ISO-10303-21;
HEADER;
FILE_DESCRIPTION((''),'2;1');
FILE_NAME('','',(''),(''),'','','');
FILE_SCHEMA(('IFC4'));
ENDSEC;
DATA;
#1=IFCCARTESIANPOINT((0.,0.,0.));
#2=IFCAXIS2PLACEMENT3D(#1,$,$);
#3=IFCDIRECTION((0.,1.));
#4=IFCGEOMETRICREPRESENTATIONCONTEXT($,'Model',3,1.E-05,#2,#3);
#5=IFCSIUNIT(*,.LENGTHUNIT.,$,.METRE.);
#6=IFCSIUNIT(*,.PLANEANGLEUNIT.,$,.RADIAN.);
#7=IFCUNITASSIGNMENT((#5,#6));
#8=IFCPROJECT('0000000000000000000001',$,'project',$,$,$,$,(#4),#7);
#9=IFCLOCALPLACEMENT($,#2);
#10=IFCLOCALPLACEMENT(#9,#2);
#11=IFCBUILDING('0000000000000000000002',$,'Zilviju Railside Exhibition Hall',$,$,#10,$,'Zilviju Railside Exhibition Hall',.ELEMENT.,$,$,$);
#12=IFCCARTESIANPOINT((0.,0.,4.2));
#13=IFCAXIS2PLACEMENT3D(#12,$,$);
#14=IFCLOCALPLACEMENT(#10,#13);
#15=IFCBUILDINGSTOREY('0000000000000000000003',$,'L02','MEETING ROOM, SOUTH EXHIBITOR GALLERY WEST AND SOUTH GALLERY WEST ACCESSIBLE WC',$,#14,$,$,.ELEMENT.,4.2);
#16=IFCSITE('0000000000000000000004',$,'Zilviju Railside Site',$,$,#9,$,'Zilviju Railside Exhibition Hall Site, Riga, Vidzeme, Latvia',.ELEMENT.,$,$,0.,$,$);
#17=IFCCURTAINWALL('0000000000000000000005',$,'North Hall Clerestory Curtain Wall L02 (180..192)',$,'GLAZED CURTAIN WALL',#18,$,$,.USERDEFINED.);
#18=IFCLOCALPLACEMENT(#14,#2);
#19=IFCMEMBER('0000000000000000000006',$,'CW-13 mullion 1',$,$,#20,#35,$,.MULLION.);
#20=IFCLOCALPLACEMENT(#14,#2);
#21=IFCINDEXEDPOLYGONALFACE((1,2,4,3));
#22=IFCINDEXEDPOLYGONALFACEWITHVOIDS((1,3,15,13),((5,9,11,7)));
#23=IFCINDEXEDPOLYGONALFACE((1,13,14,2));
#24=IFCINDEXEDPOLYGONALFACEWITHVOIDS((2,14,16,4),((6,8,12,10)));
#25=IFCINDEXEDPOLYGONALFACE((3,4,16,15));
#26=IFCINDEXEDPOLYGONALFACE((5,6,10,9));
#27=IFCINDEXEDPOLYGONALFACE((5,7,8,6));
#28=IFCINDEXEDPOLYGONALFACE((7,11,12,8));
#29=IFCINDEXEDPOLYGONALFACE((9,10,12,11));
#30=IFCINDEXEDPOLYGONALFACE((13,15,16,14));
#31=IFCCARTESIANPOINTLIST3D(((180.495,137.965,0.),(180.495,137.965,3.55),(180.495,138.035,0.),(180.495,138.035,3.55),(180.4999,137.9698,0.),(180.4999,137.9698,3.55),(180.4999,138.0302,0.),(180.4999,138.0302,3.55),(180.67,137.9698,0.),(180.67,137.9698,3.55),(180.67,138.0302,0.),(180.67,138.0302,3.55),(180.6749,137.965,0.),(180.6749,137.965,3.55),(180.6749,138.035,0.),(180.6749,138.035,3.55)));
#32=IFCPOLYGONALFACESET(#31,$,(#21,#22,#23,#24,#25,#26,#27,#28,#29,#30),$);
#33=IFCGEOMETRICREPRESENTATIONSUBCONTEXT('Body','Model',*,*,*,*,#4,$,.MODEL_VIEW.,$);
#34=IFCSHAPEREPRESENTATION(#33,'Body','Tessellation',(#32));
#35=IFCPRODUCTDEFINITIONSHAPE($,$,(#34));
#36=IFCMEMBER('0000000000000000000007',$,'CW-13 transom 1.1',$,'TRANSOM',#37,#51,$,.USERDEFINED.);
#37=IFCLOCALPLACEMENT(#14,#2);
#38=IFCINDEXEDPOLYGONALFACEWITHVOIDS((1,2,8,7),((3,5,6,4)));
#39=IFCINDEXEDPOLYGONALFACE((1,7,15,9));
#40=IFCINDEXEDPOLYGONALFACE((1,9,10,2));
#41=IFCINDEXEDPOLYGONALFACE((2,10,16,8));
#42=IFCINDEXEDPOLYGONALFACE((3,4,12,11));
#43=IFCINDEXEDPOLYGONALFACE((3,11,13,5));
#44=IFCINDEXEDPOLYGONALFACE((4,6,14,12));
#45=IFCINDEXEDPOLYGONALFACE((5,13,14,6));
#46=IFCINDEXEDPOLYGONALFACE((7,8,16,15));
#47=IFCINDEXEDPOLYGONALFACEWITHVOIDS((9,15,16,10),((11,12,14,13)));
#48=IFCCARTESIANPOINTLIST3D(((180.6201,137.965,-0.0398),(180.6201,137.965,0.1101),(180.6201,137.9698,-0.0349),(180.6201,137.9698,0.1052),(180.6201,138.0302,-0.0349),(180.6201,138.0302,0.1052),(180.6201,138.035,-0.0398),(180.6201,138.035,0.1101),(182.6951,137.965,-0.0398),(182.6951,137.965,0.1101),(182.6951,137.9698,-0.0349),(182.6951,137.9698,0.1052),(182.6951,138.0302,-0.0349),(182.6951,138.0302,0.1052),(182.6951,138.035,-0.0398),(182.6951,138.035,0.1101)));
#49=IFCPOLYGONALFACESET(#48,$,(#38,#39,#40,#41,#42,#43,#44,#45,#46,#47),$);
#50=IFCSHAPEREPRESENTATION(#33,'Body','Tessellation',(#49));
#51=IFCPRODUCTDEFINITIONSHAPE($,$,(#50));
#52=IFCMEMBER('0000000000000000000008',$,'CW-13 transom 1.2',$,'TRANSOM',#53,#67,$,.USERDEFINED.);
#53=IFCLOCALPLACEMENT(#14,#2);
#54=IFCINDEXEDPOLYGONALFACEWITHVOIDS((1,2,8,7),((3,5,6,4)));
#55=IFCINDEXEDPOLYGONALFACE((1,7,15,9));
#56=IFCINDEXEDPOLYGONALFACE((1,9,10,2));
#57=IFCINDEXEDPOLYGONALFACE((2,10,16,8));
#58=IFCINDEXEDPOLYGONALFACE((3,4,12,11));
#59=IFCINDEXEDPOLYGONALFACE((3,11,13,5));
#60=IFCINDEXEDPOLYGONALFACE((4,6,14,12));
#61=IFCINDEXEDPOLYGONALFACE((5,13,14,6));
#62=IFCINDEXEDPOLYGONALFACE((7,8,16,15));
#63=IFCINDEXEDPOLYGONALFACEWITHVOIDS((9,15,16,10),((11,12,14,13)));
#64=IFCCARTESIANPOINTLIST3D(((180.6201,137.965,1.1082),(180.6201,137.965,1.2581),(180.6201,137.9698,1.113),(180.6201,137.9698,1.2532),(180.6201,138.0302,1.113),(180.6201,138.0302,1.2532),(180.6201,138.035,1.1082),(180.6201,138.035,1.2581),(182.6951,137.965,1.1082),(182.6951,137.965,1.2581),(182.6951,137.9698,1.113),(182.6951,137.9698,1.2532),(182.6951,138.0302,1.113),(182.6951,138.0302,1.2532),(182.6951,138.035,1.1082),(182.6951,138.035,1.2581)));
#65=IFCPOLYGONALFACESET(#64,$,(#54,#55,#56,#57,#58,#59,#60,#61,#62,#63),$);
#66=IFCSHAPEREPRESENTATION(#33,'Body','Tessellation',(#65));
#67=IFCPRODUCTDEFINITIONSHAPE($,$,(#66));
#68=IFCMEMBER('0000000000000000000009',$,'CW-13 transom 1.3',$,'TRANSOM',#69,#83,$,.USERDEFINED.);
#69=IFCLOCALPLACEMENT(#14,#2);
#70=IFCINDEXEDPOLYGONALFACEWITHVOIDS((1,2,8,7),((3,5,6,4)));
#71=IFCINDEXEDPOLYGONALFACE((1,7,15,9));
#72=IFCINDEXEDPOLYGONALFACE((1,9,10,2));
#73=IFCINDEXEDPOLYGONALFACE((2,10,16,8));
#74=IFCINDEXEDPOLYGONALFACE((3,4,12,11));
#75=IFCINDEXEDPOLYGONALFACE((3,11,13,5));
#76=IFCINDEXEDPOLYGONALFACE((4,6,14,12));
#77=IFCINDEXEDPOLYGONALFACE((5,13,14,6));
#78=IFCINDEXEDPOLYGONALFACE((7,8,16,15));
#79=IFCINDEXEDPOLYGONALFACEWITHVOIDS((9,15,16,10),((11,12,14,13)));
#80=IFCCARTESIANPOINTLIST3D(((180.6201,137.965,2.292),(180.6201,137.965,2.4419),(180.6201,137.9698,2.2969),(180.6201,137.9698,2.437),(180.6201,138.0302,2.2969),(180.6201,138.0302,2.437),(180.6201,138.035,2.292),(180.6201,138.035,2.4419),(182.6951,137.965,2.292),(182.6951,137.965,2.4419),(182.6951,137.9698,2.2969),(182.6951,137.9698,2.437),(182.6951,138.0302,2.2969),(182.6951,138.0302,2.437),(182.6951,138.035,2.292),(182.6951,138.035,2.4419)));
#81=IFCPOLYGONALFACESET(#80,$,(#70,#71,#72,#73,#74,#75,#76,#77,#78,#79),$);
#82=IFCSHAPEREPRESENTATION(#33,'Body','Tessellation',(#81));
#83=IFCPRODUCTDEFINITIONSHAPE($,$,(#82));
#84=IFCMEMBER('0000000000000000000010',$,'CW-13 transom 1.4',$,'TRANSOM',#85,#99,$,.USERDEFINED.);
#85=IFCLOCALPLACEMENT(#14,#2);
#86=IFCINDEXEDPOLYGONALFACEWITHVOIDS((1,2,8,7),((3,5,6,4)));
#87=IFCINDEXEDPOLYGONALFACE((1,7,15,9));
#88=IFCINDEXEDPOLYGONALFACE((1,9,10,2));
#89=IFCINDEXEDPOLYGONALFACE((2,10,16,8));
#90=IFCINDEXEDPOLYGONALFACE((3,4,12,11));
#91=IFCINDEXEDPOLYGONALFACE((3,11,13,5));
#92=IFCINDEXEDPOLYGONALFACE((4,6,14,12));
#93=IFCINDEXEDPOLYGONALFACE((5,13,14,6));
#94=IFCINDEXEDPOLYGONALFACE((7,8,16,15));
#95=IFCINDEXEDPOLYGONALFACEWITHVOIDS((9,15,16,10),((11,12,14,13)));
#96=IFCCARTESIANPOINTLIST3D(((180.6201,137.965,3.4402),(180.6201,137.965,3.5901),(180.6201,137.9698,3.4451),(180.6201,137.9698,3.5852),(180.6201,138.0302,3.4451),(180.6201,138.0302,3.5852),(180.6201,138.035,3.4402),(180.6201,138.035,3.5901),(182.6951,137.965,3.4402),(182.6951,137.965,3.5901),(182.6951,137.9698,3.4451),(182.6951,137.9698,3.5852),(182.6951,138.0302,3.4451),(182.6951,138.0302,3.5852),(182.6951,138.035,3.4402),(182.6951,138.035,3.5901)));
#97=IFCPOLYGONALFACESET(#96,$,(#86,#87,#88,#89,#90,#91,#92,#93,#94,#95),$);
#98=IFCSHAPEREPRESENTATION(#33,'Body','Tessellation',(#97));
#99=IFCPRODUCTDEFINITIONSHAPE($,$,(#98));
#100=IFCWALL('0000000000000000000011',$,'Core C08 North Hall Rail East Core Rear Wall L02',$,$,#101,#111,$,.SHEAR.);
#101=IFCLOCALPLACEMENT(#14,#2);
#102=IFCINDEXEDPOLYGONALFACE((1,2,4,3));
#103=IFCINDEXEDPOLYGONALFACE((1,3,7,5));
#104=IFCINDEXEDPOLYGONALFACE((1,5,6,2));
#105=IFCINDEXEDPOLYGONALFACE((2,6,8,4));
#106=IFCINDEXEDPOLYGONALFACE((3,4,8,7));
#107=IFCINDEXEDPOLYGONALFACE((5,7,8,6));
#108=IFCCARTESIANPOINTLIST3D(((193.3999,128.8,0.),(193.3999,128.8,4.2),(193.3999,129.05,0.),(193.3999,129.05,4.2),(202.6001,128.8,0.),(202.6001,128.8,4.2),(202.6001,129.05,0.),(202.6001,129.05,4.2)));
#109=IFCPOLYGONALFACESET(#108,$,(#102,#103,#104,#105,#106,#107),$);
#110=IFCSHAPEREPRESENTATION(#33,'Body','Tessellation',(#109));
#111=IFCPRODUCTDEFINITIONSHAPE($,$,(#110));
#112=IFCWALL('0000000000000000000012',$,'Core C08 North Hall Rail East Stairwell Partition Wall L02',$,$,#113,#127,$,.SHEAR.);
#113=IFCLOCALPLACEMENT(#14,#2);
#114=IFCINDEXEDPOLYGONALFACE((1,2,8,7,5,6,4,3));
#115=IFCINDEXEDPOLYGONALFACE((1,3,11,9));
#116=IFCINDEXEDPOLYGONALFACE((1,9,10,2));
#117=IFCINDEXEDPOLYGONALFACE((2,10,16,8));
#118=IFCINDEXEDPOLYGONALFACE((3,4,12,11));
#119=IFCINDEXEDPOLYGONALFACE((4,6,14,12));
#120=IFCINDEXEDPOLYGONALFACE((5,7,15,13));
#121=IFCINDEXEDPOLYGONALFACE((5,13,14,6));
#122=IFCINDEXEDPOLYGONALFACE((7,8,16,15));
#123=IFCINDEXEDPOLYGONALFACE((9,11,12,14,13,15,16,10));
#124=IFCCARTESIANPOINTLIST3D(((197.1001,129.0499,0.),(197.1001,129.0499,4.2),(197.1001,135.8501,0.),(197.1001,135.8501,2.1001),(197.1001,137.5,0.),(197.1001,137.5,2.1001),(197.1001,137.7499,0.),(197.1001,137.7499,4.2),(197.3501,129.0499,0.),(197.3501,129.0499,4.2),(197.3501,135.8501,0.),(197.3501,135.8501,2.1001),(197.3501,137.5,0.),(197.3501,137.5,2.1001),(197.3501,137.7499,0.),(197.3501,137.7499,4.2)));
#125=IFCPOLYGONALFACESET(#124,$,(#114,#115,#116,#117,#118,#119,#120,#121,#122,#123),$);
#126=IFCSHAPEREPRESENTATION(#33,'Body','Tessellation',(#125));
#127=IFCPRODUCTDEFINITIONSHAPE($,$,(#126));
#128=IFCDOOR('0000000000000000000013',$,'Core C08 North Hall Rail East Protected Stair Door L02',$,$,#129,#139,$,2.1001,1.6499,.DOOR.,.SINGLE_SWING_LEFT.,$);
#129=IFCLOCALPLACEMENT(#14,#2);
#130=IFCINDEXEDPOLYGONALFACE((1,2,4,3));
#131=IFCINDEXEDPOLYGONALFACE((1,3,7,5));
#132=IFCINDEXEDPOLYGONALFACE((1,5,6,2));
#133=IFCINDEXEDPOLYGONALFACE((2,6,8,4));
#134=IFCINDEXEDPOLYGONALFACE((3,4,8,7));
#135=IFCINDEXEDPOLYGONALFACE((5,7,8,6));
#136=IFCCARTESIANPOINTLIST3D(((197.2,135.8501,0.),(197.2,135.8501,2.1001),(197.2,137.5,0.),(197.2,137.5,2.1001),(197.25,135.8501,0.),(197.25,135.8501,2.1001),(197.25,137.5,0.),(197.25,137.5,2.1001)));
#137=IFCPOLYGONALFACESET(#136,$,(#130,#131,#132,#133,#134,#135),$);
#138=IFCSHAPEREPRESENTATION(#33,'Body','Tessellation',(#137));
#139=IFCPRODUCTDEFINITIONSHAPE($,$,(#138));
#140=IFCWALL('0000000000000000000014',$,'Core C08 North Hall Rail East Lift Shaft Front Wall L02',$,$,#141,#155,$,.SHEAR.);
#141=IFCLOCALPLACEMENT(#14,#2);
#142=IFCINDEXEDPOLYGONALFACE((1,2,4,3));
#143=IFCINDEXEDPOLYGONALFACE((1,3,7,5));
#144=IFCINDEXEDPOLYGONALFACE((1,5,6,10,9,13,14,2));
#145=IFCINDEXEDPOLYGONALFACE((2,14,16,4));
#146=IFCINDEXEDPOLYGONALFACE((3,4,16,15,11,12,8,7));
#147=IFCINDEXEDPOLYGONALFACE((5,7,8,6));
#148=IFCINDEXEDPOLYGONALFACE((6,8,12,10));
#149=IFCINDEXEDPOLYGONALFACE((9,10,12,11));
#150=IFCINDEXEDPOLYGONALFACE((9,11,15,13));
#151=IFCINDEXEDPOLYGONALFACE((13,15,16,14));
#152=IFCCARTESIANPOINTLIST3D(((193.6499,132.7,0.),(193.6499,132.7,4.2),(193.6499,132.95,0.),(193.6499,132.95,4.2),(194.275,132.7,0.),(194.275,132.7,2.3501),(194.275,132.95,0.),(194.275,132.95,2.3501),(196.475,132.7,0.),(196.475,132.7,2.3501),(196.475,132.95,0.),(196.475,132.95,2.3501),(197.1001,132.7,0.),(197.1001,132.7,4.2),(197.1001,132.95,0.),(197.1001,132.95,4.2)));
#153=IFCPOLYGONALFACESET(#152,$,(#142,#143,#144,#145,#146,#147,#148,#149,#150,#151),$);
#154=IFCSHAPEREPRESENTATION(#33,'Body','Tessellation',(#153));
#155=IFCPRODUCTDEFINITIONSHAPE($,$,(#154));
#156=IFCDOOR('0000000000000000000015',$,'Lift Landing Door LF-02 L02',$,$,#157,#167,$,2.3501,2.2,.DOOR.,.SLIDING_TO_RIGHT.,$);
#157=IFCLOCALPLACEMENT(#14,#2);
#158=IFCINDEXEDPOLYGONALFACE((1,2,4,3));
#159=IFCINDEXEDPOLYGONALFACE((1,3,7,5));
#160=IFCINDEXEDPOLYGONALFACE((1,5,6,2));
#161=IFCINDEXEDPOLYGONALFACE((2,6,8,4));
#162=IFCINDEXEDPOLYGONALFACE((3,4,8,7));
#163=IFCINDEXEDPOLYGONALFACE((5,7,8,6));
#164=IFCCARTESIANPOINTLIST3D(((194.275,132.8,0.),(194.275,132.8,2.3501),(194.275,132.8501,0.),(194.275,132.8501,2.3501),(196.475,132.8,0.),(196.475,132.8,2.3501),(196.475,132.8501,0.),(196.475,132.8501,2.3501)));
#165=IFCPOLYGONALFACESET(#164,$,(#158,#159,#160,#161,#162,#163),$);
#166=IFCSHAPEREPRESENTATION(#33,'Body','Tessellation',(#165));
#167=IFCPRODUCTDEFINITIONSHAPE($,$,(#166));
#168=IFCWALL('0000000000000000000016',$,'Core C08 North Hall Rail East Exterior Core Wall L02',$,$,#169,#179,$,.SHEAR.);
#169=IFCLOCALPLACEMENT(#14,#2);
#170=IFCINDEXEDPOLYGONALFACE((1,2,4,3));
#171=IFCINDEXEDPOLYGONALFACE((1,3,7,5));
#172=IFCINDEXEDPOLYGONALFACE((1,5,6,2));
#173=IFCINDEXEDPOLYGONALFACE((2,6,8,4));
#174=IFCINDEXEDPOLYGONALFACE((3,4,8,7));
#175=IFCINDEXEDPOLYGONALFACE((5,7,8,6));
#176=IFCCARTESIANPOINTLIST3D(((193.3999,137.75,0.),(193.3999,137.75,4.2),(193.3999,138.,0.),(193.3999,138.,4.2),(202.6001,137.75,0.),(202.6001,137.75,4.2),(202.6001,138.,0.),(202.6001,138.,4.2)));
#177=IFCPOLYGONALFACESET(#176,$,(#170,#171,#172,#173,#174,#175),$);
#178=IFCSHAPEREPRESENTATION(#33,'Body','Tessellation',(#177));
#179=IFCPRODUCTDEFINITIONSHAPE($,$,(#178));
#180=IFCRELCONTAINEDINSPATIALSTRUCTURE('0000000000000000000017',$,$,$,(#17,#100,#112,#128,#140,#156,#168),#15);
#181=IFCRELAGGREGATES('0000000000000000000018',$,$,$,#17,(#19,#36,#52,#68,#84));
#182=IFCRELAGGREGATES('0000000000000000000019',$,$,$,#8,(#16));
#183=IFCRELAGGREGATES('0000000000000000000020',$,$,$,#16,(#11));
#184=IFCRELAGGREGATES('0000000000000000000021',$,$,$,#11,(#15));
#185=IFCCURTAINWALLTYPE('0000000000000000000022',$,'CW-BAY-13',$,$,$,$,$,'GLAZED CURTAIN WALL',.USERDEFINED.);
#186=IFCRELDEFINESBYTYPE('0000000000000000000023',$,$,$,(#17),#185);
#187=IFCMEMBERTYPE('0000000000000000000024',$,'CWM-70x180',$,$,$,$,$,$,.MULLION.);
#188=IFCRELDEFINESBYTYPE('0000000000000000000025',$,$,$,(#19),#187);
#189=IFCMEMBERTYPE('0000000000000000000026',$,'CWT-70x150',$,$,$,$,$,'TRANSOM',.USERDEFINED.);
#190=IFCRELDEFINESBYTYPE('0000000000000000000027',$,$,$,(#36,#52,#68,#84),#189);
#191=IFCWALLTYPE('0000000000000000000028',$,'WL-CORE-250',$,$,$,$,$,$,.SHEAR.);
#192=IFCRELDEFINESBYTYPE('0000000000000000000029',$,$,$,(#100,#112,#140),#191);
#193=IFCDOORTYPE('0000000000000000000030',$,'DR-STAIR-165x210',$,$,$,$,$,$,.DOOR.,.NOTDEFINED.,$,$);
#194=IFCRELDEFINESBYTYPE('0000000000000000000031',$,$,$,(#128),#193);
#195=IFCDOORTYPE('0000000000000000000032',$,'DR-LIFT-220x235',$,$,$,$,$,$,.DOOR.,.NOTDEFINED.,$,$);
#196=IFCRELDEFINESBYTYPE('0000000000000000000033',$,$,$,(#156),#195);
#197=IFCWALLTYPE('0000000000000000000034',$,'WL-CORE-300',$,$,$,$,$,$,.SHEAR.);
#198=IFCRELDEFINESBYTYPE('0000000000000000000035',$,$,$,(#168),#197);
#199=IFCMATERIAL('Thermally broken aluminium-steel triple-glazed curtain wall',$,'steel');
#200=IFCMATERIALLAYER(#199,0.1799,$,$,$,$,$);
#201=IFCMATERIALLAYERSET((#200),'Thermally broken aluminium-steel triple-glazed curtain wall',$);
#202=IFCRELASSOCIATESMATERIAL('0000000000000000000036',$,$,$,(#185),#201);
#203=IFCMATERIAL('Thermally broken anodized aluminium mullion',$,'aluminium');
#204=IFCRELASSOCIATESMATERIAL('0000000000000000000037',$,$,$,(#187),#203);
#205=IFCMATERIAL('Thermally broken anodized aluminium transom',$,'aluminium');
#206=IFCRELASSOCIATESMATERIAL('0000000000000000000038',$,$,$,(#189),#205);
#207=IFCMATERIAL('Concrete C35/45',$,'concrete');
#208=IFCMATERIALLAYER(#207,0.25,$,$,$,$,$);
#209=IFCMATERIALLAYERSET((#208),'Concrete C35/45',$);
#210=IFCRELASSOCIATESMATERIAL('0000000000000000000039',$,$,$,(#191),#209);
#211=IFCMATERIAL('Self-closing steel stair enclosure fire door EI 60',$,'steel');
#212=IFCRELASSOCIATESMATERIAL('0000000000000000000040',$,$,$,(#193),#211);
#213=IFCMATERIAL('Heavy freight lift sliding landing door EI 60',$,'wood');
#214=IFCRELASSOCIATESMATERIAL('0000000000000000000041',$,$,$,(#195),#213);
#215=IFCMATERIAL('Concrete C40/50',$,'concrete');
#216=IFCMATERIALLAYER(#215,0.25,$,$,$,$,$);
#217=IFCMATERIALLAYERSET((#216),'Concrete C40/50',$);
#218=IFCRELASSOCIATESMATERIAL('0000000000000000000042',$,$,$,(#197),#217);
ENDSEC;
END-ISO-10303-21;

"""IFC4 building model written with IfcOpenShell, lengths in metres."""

from ifc_helpers import new_model, si_unit, direction, frame, frame_2d, origin, origin_2d, place, context, subcontext, project, spatial, rectangle, hollow_rectangle, extrude, material, layer, layer_set, material_profile, profile_set, type_object, element, fill, aggregate, save


model = new_model("IFC4")

# Units and contexts
model_context = context("Model", 3, precision=1e-05, world=origin(), true_north=direction((0.0, 1.0)))
body_context = subcontext(model_context, "Body", "Model", "MODEL_VIEW")
ifc_project = project(units=[si_unit("LENGTHUNIT", "METRE"), si_unit("PLANEANGLEUNIT", "RADIAN")], contexts=[model_context])

# Site, building, storey
site_placement = place(None, origin())
site = spatial("IfcSite", under=ifc_project, at=site_placement, Name="Zilviju Railside Site", LongName="Zilviju Railside Exhibition Hall Site, Riga, Vidzeme, Latvia", CompositionType="ELEMENT", RefElevation=0.0)
building_placement = place(site_placement, origin())
building = spatial("IfcBuilding", under=site, at=building_placement, Name="Zilviju Railside Exhibition Hall", LongName="Zilviju Railside Exhibition Hall", CompositionType="ELEMENT")
storey_placement = place(building_placement, frame((0.0, 0.0, 4.2)))
storey = spatial("IfcBuildingStorey", under=building, at=storey_placement, Name="L02", Description="MEETING ROOM, SOUTH EXHIBITOR GALLERY WEST AND SOUTH GALLERY WEST ACCESSIBLE WC", CompositionType="ELEMENT", Elevation=4.2)

# Shared definitions
ifc_material_1 = material(Name="Concrete C35/45", Category="concrete")

# Curtain wall, members
ifc_material_2 = material(Name="Thermally broken aluminium-steel triple-glazed curtain wall", Category="steel")
ifc_layer_1 = layer(ifc_material_2, 0.1799)
ifc_layer_set_1 = layer_set([ifc_layer_1], Name="Thermally broken aluminium-steel triple-glazed curtain wall")
curtain_wall_type = type_object("IfcCurtainWallType", Name="CW-BAY-13", ElementType="GLAZED CURTAIN WALL", PredefinedType="USERDEFINED", material=ifc_layer_set_1)
curtain_wall_placement = place(storey_placement, origin())
curtain_wall = element("IfcCurtainWall", 1, at=curtain_wall_placement, inside=storey, type_object=curtain_wall_type, Name="North Hall Clerestory Curtain Wall L02 (180..192)", ObjectType="GLAZED CURTAIN WALL", PredefinedType="USERDEFINED")
ifc_material_3 = material(Name="Thermally broken anodized aluminium mullion", Category="aluminium")
ifc_material_profile_1 = material_profile(ifc_material_3, hollow_rectangle(XDim=0.0701, YDim=0.1799, WallThickness=0.0049, at=origin_2d()), Name="MULLION 180x70x5")
ifc_profile_set_1 = profile_set([ifc_material_profile_1], Name="Thermally broken anodized aluminium mullion")
member_type_1 = type_object("IfcMemberType", Name="CWM-70x180", PredefinedType="MULLION", material=ifc_profile_set_1)
member_1_placement = place(storey_placement, frame((180.585, 138.0, 0.0), z_axis=(0.0, 0.0, 1.0), x_axis=(0.0, 1.0, 0.0)))
member_1 = element("IfcMember", 2, at=member_1_placement, type_object=member_type_1, Name="CW-13 mullion 1", PredefinedType="MULLION", context=body_context, shape_type="SweptSolid", body=[
    extrude(hollow_rectangle(XDim=0.0701, YDim=0.1799, WallThickness=0.0049, at=origin_2d()), origin(), (0.0, 0.0, 1.0), 3.55),
])
ifc_material_4 = material(Name="Thermally broken anodized aluminium transom", Category="aluminium")
ifc_material_profile_2 = material_profile(ifc_material_4, hollow_rectangle(XDim=0.0701, YDim=0.1499, WallThickness=0.0049, at=origin_2d()), Name="TRANSOM 150x70x5")
ifc_profile_set_2 = profile_set([ifc_material_profile_2], Name="Thermally broken anodized aluminium transom")
member_type_2 = type_object("IfcMemberType", Name="CWT-70x150", ElementType="TRANSOM", PredefinedType="USERDEFINED", material=ifc_profile_set_2)
member_2_placement = place(storey_placement, frame((180.6201, 138.0, 0.0352), z_axis=(1.0, 0.0, 0.0), x_axis=(0.0, 1.0, 0.0)))
member_2 = element("IfcMember", 3, at=member_2_placement, type_object=member_type_2, Name="CW-13 transom 1.1", ObjectType="TRANSOM", PredefinedType="USERDEFINED", context=body_context, shape_type="SweptSolid", body=[
    extrude(hollow_rectangle(XDim=0.0701, YDim=0.1499, WallThickness=0.0049, at=origin_2d()), origin(), (0.0, 0.0, 1.0), 2.075),
])
member_3_placement = place(storey_placement, frame((180.6201, 138.0, 1.1831), z_axis=(1.0, 0.0, 0.0), x_axis=(0.0, 1.0, 0.0)))
member_3 = element("IfcMember", 4, at=member_3_placement, type_object=member_type_2, Name="CW-13 transom 1.2", ObjectType="TRANSOM", PredefinedType="USERDEFINED", context=body_context, shape_type="SweptSolid", body=[
    extrude(hollow_rectangle(XDim=0.0701, YDim=0.1499, WallThickness=0.0049, at=origin_2d()), origin(), (0.0, 0.0, 1.0), 2.075),
])
member_4_placement = place(storey_placement, frame((180.6201, 138.0, 2.3669), z_axis=(1.0, 0.0, 0.0), x_axis=(0.0, 1.0, 0.0)))
member_4 = element("IfcMember", 5, at=member_4_placement, type_object=member_type_2, Name="CW-13 transom 1.3", ObjectType="TRANSOM", PredefinedType="USERDEFINED", context=body_context, shape_type="SweptSolid", body=[
    extrude(hollow_rectangle(XDim=0.0701, YDim=0.1499, WallThickness=0.0049, at=origin_2d()), origin(), (0.0, 0.0, 1.0), 2.075),
])
member_5_placement = place(storey_placement, frame((180.6201, 138.0, 3.5151), z_axis=(1.0, 0.0, 0.0), x_axis=(0.0, 1.0, 0.0)))
member_5 = element("IfcMember", 6, at=member_5_placement, type_object=member_type_2, Name="CW-13 transom 1.4", ObjectType="TRANSOM", PredefinedType="USERDEFINED", context=body_context, shape_type="SweptSolid", body=[
    extrude(hollow_rectangle(XDim=0.0701, YDim=0.1499, WallThickness=0.0049, at=origin_2d()), origin(), (0.0, 0.0, 1.0), 2.075),
])
aggregate(curtain_wall, [member_1, member_2, member_3, member_4, member_5])

# Wall
ifc_layer_2 = layer(ifc_material_1, 0.25)
ifc_layer_set_2 = layer_set([ifc_layer_2], Name="Concrete C35/45")
wall_type_1 = type_object("IfcWallType", Name="WL-CORE-250", PredefinedType="SHEAR", material=ifc_layer_set_2)
wall_1_placement = place(storey_placement, frame((202.6001, 128.925, 0.0), z_axis=(0.0, 0.0, 1.0), x_axis=(-1.0, 0.0, 0.0)))
element("IfcWall", 7, at=wall_1_placement, inside=storey, type_object=wall_type_1, Name="Core C08 North Hall Rail East Core Rear Wall L02", PredefinedType="SHEAR", context=body_context, shape_type="SweptSolid", body=[
    extrude(rectangle(XDim=9.2002, YDim=0.25, at=frame_2d((4.6001, 0.0))), origin(), (0.0, 0.0, 1.0), 4.2),
])

# Walls, openings, doors
wall_2_placement = place(storey_placement, frame((197.2251, 137.75, 0.0), z_axis=(0.0, 0.0, 1.0), x_axis=(0.0, -1.0, 0.0)))
wall_2 = element("IfcWall", 8, at=wall_2_placement, inside=storey, type_object=wall_type_1, Name="Core C08 North Hall Rail East Stairwell Partition Wall L02", PredefinedType="SHEAR", context=body_context, shape_type="SweptSolid", body=[
    extrude(rectangle(XDim=8.7, YDim=0.25, at=frame_2d((4.3501, 0.0))), origin(), (0.0, 0.0, 1.0), 4.2),
])
opening_1_placement = place(wall_2_placement, frame((0.25, 0.0, 0.0)))
opening_1 = element("IfcOpeningElement", 9, at=opening_1_placement, cuts=wall_2, PredefinedType="OPENING", context=body_context, shape_type="SweptSolid", body=[
    extrude(rectangle(XDim=1.6499, YDim=2.1001, at=frame_2d((0.825, 1.05))), frame((0.0, 0.135, 0.0), z_axis=(0.0, -1.0, 0.0), x_axis=(1.0, 0.0, 0.0)), (0.0, 0.0, 1.0), 0.27),
])
ifc_material_5 = material(Name="Self-closing steel stair enclosure fire door EI 60", Category="steel")
door_type_1 = type_object("IfcDoorType", Name="DR-STAIR-165x210", OperationType="NOTDEFINED", PredefinedType="DOOR", material=ifc_material_5)
door_1_placement = place(opening_1_placement, origin())
door_1 = element("IfcDoor", 10, at=door_1_placement, inside=storey, type_object=door_type_1, Name="Core C08 North Hall Rail East Protected Stair Door L02", OperationType="SINGLE_SWING_LEFT", OverallHeight=2.1001, OverallWidth=1.6499, PredefinedType="DOOR", context=body_context, shape_type="SweptSolid", body=[
    extrude(rectangle(XDim=1.6499, YDim=2.1001, at=frame_2d((0.825, 1.05))), frame((0.0, 0.0249, 0.0), z_axis=(0.0, -1.0, 0.0), x_axis=(1.0, 0.0, 0.0)), (0.0, 0.0, 1.0), 0.05),
])
fill(opening_1, door_1)
wall_3_placement = place(storey_placement, frame((197.1001, 132.825, 0.0), z_axis=(0.0, 0.0, 1.0), x_axis=(-1.0, 0.0, 0.0)))
wall_3 = element("IfcWall", 11, at=wall_3_placement, inside=storey, type_object=wall_type_1, Name="Core C08 North Hall Rail East Lift Shaft Front Wall L02", PredefinedType="SHEAR", context=body_context, shape_type="SweptSolid", body=[
    extrude(rectangle(XDim=3.4502, YDim=0.25, at=frame_2d((1.7251, 0.0))), origin(), (0.0, 0.0, 1.0), 4.2),
])
opening_2_placement = place(wall_3_placement, frame((0.625, 0.0, 0.0)))
opening_2 = element("IfcOpeningElement", 12, at=opening_2_placement, cuts=wall_3, PredefinedType="OPENING", context=body_context, shape_type="SweptSolid", body=[
    extrude(rectangle(XDim=2.2, YDim=2.3501, at=frame_2d((1.1001, 1.175))), frame((0.0, 0.135, 0.0), z_axis=(0.0, -1.0, 0.0), x_axis=(1.0, 0.0, 0.0)), (0.0, 0.0, 1.0), 0.27),
])
ifc_material_6 = material(Name="Heavy freight lift sliding landing door EI 60", Category="wood")
door_type_2 = type_object("IfcDoorType", Name="DR-LIFT-220x235", OperationType="NOTDEFINED", PredefinedType="DOOR", material=ifc_material_6)
door_2_placement = place(opening_2_placement, origin())
door_2 = element("IfcDoor", 13, at=door_2_placement, inside=storey, type_object=door_type_2, Name="Lift Landing Door LF-02 L02", OperationType="SLIDING_TO_RIGHT", OverallHeight=2.3501, OverallWidth=2.2, PredefinedType="DOOR", context=body_context, shape_type="SweptSolid", body=[
    extrude(rectangle(XDim=2.2, YDim=2.3501, at=frame_2d((1.1001, 1.175))), frame((0.0, 0.0249, 0.0), z_axis=(0.0, -1.0, 0.0), x_axis=(1.0, 0.0, 0.0)), (0.0, 0.0, 1.0), 0.05),
])
fill(opening_2, door_2)

# Wall
ifc_material_7 = material(Name="Concrete C40/50", Category="concrete")
ifc_layer_3 = layer(ifc_material_7, 0.25)
ifc_layer_set_3 = layer_set([ifc_layer_3], Name="Concrete C40/50")
wall_type_2 = type_object("IfcWallType", Name="WL-CORE-300", PredefinedType="SHEAR", material=ifc_layer_set_3)
wall_4_placement = place(storey_placement, frame((193.3999, 137.875, 0.0), z_axis=(0.0, 0.0, 1.0), x_axis=(1.0, 0.0, 0.0)))
element("IfcWall", 14, at=wall_4_placement, inside=storey, type_object=wall_type_2, Name="Core C08 North Hall Rail East Exterior Core Wall L02", PredefinedType="SHEAR", context=body_context, shape_type="SweptSolid", body=[
    extrude(rectangle(XDim=9.2002, YDim=0.25, at=frame_2d((4.6001, 0.0))), origin(), (0.0, 0.0, 1.0), 4.2),
])

save(model, "model.ifc")
